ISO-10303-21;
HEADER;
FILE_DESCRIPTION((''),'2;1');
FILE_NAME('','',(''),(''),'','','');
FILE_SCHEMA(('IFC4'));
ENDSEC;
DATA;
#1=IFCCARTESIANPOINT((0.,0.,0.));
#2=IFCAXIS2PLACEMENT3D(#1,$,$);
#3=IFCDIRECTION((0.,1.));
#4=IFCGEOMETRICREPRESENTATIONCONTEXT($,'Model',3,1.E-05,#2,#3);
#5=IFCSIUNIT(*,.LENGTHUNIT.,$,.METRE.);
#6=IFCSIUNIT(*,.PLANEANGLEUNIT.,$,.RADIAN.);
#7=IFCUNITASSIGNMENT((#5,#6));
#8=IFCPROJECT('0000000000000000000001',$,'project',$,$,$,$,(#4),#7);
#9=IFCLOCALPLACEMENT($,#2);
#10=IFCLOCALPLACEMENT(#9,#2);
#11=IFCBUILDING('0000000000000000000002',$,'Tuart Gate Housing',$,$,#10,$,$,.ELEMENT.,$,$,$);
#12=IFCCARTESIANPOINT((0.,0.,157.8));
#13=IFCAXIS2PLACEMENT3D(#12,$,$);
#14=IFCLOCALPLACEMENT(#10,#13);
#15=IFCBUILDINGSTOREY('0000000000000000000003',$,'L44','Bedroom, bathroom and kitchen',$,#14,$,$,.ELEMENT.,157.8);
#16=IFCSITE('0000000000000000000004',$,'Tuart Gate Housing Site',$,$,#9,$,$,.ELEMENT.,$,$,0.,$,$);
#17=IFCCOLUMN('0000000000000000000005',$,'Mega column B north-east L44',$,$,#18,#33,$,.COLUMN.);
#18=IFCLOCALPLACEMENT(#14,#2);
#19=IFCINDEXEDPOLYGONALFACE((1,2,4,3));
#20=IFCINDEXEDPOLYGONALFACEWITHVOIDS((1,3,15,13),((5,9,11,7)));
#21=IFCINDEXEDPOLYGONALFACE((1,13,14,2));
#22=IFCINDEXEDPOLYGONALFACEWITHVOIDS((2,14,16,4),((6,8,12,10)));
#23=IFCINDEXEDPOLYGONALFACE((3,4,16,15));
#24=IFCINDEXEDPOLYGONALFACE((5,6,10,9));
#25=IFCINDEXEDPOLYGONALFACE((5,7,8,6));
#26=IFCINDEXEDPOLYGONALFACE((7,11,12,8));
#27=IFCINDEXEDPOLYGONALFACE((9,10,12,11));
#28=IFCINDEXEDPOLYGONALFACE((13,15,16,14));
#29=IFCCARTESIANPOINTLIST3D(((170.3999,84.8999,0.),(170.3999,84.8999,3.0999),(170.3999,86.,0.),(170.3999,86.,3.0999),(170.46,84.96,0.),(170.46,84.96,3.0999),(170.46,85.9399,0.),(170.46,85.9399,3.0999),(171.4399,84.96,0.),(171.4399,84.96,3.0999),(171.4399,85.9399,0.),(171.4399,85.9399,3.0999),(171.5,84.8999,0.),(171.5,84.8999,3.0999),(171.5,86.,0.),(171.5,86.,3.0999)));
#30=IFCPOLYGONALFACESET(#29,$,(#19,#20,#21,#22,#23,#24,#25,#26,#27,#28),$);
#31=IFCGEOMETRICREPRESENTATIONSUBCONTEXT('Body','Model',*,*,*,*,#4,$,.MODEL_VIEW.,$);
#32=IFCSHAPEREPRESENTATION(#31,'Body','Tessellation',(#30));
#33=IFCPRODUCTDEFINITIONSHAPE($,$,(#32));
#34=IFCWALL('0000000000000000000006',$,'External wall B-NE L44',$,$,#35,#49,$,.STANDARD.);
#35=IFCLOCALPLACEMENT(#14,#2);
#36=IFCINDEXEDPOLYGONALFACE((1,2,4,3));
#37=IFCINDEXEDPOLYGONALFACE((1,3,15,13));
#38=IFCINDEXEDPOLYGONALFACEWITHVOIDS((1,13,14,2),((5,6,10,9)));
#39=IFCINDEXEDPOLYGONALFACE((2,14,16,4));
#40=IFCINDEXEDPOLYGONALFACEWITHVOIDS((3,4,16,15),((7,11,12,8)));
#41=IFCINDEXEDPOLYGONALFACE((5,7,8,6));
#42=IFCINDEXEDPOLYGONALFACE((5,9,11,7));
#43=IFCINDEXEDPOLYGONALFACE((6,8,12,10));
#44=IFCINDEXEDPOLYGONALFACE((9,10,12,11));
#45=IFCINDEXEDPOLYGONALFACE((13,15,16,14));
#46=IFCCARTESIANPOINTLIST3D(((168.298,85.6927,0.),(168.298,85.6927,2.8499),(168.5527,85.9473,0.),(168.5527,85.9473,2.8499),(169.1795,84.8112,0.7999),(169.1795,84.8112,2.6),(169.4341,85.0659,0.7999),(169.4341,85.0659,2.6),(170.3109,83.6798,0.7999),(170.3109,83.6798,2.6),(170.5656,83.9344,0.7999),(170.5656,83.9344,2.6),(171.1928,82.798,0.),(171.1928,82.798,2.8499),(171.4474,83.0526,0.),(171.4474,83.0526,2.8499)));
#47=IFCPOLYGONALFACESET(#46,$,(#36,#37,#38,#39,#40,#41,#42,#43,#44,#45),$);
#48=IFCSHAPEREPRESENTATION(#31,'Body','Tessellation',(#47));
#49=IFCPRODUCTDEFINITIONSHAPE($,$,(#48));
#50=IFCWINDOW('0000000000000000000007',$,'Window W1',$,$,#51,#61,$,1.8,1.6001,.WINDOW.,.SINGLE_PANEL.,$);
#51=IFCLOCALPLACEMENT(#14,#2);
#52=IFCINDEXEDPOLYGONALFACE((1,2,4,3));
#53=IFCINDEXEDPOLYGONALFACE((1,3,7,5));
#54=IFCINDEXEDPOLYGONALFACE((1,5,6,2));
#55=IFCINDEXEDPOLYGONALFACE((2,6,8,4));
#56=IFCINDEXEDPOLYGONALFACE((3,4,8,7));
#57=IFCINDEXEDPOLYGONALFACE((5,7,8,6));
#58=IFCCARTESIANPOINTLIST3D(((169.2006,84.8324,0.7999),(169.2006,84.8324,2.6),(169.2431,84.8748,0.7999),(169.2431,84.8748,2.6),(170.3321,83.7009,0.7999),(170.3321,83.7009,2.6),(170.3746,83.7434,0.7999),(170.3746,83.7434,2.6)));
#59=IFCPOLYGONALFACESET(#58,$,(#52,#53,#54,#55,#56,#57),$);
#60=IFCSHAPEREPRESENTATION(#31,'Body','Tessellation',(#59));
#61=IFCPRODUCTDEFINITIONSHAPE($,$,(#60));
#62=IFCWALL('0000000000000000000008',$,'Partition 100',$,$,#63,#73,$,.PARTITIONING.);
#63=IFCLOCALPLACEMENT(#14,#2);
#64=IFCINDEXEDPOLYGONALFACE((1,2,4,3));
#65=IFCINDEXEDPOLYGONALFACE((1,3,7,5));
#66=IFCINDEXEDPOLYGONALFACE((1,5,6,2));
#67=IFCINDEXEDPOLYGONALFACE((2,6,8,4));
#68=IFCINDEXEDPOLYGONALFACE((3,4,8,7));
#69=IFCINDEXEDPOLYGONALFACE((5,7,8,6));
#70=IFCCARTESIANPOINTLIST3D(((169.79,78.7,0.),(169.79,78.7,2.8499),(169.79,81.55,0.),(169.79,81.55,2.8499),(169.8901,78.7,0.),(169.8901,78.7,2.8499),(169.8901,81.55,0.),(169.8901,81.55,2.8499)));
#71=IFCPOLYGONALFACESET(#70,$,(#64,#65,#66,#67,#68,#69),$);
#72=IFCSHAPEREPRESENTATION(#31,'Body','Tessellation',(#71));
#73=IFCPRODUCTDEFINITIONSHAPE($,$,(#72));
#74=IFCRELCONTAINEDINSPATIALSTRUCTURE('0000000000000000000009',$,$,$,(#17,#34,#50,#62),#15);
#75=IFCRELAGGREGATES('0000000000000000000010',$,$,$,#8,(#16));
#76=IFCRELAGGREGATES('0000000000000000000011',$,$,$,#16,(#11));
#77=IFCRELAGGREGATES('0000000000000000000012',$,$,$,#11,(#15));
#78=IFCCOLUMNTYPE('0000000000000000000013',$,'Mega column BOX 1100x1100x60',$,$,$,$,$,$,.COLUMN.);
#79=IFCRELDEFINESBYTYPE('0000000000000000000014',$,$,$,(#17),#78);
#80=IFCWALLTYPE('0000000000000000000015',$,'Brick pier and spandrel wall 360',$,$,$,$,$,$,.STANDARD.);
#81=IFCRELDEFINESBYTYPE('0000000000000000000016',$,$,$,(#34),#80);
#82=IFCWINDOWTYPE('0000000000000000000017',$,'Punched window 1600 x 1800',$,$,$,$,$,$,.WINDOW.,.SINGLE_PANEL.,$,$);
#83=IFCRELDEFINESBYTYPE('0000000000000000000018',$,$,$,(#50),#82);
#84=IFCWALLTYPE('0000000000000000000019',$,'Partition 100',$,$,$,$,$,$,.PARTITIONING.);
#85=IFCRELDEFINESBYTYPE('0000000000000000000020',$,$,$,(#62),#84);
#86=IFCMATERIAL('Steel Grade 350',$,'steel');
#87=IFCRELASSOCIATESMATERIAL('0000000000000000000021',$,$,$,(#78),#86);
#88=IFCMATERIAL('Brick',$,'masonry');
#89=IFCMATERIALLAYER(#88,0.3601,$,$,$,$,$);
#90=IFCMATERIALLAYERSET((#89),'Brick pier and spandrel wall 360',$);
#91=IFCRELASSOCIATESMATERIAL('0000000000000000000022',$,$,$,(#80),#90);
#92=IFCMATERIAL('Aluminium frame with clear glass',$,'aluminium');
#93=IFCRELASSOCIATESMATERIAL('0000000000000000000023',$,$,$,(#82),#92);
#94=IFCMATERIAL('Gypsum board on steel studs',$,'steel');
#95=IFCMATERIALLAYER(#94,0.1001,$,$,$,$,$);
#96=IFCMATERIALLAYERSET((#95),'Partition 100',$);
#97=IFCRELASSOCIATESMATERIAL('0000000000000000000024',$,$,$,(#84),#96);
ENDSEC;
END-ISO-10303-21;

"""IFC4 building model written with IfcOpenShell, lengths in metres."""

from ifc_helpers import new_model, si_unit, direction, frame, frame_2d, origin, origin_2d, place, context, subcontext, project, spatial, rectangle, hollow_rectangle, extrude, material, layer, layer_set, material_profile, profile_set, type_object, element, fill, save


model = new_model("IFC4")

# Units and contexts
model_context = context("Model", 3, precision=1e-05, world=origin(), true_north=direction((0.0, 1.0)))
body_context = subcontext(model_context, "Body", "Model", "MODEL_VIEW")
ifc_project = project(units=[si_unit("LENGTHUNIT", "METRE"), si_unit("PLANEANGLEUNIT", "RADIAN")], contexts=[model_context])

# Site, building, storey
site_placement = place(None, origin())
site = spatial("IfcSite", under=ifc_project, at=site_placement, Name="Tuart Gate Housing Site", CompositionType="ELEMENT", RefElevation=0.0)
building_placement = place(site_placement, origin())
building = spatial("IfcBuilding", under=site, at=building_placement, Name="Tuart Gate Housing", CompositionType="ELEMENT")
storey_placement = place(building_placement, frame((0.0, 0.0, 157.8)))
storey = spatial("IfcBuildingStorey", under=building, at=storey_placement, Name="L44", Description="Bedroom, bathroom and kitchen", CompositionType="ELEMENT", Elevation=157.8)

# Column
ifc_material_1 = material(Name="Steel Grade 350", Category="steel")
ifc_material_profile = material_profile(ifc_material_1, hollow_rectangle(XDim=1.1001, YDim=1.1001, WallThickness=0.0601, at=origin_2d()), Name="BOX 1100x1100x60")
ifc_profile_set = profile_set([ifc_material_profile], Name="Steel Grade 350")
column_type = type_object("IfcColumnType", Name="Mega column BOX 1100x1100x60", PredefinedType="COLUMN", material=ifc_profile_set)
column_placement = place(storey_placement, frame((170.95, 85.45, 0.0), z_axis=(0.0, 0.0, 1.0), x_axis=(1.0, 0.0, 0.0)))
element("IfcColumn", 1, at=column_placement, inside=storey, type_object=column_type, Name="Mega column B north-east L44", PredefinedType="COLUMN", context=body_context, shape_type="SweptSolid", body=[
    extrude(hollow_rectangle(XDim=1.1001, YDim=1.1001, WallThickness=0.0601, at=origin_2d()), origin(), (0.0, 0.0, 1.0), 3.0999),
])

# Wall, opening, window
ifc_material_2 = material(Name="Brick", Category="masonry")
ifc_layer_1 = layer(ifc_material_2, 0.3601)
ifc_layer_set_1 = layer_set([ifc_layer_1], Name="Brick pier and spandrel wall 360")
wall_type_1 = type_object("IfcWallType", Name="Brick pier and spandrel wall 360", PredefinedType="STANDARD", material=ifc_layer_set_1)
wall_1_placement = place(storey_placement, frame((171.3201, 82.9253, 0.0), z_axis=(0.0, 0.0, 1.0), x_axis=(-0.707107, 0.707107, 0.0)))
wall_1 = element("IfcWall", 2, at=wall_1_placement, inside=storey, type_object=wall_type_1, Name="External wall B-NE L44", PredefinedType="STANDARD", context=body_context, shape_type="SweptSolid", body=[
    extrude(rectangle(XDim=4.0938, YDim=0.3601, at=frame_2d((2.0469, 0.0))), origin(), (0.0, 0.0, 1.0), 2.8499),
])
opening_1_placement = place(wall_1_placement, frame((1.2471, 0.0, 0.8)))
opening_1 = element("IfcOpeningElement", 3, at=opening_1_placement, cuts=wall_1, PredefinedType="OPENING", context=body_context, shape_type="SweptSolid", body=[
    extrude(rectangle(XDim=1.6001, YDim=1.8, at=frame_2d((0.8, 0.8999))), frame((0.0, 0.1899, 0.0), z_axis=(0.0, -1.0, 0.0), x_axis=(1.0, 0.0, 0.0)), (0.0, 0.0, 1.0), 0.3801),
])
ifc_material_3 = material(Name="Aluminium frame with clear glass", Category="aluminium")
window_type_1 = type_object("IfcWindowType", Name="Punched window 1600 x 1800", PartitioningType="SINGLE_PANEL", PredefinedType="WINDOW", material=ifc_material_3)
window_1_placement = place(opening_1_placement, origin())
window_1 = element("IfcWindow", 4, at=window_1_placement, inside=storey, type_object=window_type_1, Name="Window W1", OverallHeight=1.8, OverallWidth=1.6001, PartitioningType="SINGLE_PANEL", PredefinedType="WINDOW", context=body_context, shape_type="SweptSolid", body=[
    extrude(rectangle(XDim=1.6001, YDim=1.8, at=frame_2d((0.8, 0.8999))), frame((0.0, 0.1501, 0.0), z_axis=(0.0, -1.0, 0.0), x_axis=(1.0, 0.0, 0.0)), (0.0, 0.0, 1.0), 0.0601),
])
fill(opening_1, window_1)

# Wall
ifc_material_4 = material(Name="Gypsum board on steel studs", Category="steel")
ifc_layer_2 = layer(ifc_material_4, 0.1001)
ifc_layer_set_2 = layer_set([ifc_layer_2], Name="Partition 100")
wall_type_2 = type_object("IfcWallType", Name="Partition 100", PredefinedType="PARTITIONING", material=ifc_layer_set_2)
wall_2_placement = place(storey_placement, frame((169.8401, 78.7, 0.0), z_axis=(0.0, 0.0, 1.0), x_axis=(0.0, 1.0, 0.0)))
element("IfcWall", 5, at=wall_2_placement, inside=storey, type_object=wall_type_2, Name="Partition 100", PredefinedType="PARTITIONING", context=body_context, shape_type="SweptSolid", body=[
    extrude(rectangle(XDim=2.8501, YDim=0.1001, at=frame_2d((1.425, 0.0))), origin(), (0.0, 0.0, 1.0), 2.8499),
])

save(model, "model.ifc")
